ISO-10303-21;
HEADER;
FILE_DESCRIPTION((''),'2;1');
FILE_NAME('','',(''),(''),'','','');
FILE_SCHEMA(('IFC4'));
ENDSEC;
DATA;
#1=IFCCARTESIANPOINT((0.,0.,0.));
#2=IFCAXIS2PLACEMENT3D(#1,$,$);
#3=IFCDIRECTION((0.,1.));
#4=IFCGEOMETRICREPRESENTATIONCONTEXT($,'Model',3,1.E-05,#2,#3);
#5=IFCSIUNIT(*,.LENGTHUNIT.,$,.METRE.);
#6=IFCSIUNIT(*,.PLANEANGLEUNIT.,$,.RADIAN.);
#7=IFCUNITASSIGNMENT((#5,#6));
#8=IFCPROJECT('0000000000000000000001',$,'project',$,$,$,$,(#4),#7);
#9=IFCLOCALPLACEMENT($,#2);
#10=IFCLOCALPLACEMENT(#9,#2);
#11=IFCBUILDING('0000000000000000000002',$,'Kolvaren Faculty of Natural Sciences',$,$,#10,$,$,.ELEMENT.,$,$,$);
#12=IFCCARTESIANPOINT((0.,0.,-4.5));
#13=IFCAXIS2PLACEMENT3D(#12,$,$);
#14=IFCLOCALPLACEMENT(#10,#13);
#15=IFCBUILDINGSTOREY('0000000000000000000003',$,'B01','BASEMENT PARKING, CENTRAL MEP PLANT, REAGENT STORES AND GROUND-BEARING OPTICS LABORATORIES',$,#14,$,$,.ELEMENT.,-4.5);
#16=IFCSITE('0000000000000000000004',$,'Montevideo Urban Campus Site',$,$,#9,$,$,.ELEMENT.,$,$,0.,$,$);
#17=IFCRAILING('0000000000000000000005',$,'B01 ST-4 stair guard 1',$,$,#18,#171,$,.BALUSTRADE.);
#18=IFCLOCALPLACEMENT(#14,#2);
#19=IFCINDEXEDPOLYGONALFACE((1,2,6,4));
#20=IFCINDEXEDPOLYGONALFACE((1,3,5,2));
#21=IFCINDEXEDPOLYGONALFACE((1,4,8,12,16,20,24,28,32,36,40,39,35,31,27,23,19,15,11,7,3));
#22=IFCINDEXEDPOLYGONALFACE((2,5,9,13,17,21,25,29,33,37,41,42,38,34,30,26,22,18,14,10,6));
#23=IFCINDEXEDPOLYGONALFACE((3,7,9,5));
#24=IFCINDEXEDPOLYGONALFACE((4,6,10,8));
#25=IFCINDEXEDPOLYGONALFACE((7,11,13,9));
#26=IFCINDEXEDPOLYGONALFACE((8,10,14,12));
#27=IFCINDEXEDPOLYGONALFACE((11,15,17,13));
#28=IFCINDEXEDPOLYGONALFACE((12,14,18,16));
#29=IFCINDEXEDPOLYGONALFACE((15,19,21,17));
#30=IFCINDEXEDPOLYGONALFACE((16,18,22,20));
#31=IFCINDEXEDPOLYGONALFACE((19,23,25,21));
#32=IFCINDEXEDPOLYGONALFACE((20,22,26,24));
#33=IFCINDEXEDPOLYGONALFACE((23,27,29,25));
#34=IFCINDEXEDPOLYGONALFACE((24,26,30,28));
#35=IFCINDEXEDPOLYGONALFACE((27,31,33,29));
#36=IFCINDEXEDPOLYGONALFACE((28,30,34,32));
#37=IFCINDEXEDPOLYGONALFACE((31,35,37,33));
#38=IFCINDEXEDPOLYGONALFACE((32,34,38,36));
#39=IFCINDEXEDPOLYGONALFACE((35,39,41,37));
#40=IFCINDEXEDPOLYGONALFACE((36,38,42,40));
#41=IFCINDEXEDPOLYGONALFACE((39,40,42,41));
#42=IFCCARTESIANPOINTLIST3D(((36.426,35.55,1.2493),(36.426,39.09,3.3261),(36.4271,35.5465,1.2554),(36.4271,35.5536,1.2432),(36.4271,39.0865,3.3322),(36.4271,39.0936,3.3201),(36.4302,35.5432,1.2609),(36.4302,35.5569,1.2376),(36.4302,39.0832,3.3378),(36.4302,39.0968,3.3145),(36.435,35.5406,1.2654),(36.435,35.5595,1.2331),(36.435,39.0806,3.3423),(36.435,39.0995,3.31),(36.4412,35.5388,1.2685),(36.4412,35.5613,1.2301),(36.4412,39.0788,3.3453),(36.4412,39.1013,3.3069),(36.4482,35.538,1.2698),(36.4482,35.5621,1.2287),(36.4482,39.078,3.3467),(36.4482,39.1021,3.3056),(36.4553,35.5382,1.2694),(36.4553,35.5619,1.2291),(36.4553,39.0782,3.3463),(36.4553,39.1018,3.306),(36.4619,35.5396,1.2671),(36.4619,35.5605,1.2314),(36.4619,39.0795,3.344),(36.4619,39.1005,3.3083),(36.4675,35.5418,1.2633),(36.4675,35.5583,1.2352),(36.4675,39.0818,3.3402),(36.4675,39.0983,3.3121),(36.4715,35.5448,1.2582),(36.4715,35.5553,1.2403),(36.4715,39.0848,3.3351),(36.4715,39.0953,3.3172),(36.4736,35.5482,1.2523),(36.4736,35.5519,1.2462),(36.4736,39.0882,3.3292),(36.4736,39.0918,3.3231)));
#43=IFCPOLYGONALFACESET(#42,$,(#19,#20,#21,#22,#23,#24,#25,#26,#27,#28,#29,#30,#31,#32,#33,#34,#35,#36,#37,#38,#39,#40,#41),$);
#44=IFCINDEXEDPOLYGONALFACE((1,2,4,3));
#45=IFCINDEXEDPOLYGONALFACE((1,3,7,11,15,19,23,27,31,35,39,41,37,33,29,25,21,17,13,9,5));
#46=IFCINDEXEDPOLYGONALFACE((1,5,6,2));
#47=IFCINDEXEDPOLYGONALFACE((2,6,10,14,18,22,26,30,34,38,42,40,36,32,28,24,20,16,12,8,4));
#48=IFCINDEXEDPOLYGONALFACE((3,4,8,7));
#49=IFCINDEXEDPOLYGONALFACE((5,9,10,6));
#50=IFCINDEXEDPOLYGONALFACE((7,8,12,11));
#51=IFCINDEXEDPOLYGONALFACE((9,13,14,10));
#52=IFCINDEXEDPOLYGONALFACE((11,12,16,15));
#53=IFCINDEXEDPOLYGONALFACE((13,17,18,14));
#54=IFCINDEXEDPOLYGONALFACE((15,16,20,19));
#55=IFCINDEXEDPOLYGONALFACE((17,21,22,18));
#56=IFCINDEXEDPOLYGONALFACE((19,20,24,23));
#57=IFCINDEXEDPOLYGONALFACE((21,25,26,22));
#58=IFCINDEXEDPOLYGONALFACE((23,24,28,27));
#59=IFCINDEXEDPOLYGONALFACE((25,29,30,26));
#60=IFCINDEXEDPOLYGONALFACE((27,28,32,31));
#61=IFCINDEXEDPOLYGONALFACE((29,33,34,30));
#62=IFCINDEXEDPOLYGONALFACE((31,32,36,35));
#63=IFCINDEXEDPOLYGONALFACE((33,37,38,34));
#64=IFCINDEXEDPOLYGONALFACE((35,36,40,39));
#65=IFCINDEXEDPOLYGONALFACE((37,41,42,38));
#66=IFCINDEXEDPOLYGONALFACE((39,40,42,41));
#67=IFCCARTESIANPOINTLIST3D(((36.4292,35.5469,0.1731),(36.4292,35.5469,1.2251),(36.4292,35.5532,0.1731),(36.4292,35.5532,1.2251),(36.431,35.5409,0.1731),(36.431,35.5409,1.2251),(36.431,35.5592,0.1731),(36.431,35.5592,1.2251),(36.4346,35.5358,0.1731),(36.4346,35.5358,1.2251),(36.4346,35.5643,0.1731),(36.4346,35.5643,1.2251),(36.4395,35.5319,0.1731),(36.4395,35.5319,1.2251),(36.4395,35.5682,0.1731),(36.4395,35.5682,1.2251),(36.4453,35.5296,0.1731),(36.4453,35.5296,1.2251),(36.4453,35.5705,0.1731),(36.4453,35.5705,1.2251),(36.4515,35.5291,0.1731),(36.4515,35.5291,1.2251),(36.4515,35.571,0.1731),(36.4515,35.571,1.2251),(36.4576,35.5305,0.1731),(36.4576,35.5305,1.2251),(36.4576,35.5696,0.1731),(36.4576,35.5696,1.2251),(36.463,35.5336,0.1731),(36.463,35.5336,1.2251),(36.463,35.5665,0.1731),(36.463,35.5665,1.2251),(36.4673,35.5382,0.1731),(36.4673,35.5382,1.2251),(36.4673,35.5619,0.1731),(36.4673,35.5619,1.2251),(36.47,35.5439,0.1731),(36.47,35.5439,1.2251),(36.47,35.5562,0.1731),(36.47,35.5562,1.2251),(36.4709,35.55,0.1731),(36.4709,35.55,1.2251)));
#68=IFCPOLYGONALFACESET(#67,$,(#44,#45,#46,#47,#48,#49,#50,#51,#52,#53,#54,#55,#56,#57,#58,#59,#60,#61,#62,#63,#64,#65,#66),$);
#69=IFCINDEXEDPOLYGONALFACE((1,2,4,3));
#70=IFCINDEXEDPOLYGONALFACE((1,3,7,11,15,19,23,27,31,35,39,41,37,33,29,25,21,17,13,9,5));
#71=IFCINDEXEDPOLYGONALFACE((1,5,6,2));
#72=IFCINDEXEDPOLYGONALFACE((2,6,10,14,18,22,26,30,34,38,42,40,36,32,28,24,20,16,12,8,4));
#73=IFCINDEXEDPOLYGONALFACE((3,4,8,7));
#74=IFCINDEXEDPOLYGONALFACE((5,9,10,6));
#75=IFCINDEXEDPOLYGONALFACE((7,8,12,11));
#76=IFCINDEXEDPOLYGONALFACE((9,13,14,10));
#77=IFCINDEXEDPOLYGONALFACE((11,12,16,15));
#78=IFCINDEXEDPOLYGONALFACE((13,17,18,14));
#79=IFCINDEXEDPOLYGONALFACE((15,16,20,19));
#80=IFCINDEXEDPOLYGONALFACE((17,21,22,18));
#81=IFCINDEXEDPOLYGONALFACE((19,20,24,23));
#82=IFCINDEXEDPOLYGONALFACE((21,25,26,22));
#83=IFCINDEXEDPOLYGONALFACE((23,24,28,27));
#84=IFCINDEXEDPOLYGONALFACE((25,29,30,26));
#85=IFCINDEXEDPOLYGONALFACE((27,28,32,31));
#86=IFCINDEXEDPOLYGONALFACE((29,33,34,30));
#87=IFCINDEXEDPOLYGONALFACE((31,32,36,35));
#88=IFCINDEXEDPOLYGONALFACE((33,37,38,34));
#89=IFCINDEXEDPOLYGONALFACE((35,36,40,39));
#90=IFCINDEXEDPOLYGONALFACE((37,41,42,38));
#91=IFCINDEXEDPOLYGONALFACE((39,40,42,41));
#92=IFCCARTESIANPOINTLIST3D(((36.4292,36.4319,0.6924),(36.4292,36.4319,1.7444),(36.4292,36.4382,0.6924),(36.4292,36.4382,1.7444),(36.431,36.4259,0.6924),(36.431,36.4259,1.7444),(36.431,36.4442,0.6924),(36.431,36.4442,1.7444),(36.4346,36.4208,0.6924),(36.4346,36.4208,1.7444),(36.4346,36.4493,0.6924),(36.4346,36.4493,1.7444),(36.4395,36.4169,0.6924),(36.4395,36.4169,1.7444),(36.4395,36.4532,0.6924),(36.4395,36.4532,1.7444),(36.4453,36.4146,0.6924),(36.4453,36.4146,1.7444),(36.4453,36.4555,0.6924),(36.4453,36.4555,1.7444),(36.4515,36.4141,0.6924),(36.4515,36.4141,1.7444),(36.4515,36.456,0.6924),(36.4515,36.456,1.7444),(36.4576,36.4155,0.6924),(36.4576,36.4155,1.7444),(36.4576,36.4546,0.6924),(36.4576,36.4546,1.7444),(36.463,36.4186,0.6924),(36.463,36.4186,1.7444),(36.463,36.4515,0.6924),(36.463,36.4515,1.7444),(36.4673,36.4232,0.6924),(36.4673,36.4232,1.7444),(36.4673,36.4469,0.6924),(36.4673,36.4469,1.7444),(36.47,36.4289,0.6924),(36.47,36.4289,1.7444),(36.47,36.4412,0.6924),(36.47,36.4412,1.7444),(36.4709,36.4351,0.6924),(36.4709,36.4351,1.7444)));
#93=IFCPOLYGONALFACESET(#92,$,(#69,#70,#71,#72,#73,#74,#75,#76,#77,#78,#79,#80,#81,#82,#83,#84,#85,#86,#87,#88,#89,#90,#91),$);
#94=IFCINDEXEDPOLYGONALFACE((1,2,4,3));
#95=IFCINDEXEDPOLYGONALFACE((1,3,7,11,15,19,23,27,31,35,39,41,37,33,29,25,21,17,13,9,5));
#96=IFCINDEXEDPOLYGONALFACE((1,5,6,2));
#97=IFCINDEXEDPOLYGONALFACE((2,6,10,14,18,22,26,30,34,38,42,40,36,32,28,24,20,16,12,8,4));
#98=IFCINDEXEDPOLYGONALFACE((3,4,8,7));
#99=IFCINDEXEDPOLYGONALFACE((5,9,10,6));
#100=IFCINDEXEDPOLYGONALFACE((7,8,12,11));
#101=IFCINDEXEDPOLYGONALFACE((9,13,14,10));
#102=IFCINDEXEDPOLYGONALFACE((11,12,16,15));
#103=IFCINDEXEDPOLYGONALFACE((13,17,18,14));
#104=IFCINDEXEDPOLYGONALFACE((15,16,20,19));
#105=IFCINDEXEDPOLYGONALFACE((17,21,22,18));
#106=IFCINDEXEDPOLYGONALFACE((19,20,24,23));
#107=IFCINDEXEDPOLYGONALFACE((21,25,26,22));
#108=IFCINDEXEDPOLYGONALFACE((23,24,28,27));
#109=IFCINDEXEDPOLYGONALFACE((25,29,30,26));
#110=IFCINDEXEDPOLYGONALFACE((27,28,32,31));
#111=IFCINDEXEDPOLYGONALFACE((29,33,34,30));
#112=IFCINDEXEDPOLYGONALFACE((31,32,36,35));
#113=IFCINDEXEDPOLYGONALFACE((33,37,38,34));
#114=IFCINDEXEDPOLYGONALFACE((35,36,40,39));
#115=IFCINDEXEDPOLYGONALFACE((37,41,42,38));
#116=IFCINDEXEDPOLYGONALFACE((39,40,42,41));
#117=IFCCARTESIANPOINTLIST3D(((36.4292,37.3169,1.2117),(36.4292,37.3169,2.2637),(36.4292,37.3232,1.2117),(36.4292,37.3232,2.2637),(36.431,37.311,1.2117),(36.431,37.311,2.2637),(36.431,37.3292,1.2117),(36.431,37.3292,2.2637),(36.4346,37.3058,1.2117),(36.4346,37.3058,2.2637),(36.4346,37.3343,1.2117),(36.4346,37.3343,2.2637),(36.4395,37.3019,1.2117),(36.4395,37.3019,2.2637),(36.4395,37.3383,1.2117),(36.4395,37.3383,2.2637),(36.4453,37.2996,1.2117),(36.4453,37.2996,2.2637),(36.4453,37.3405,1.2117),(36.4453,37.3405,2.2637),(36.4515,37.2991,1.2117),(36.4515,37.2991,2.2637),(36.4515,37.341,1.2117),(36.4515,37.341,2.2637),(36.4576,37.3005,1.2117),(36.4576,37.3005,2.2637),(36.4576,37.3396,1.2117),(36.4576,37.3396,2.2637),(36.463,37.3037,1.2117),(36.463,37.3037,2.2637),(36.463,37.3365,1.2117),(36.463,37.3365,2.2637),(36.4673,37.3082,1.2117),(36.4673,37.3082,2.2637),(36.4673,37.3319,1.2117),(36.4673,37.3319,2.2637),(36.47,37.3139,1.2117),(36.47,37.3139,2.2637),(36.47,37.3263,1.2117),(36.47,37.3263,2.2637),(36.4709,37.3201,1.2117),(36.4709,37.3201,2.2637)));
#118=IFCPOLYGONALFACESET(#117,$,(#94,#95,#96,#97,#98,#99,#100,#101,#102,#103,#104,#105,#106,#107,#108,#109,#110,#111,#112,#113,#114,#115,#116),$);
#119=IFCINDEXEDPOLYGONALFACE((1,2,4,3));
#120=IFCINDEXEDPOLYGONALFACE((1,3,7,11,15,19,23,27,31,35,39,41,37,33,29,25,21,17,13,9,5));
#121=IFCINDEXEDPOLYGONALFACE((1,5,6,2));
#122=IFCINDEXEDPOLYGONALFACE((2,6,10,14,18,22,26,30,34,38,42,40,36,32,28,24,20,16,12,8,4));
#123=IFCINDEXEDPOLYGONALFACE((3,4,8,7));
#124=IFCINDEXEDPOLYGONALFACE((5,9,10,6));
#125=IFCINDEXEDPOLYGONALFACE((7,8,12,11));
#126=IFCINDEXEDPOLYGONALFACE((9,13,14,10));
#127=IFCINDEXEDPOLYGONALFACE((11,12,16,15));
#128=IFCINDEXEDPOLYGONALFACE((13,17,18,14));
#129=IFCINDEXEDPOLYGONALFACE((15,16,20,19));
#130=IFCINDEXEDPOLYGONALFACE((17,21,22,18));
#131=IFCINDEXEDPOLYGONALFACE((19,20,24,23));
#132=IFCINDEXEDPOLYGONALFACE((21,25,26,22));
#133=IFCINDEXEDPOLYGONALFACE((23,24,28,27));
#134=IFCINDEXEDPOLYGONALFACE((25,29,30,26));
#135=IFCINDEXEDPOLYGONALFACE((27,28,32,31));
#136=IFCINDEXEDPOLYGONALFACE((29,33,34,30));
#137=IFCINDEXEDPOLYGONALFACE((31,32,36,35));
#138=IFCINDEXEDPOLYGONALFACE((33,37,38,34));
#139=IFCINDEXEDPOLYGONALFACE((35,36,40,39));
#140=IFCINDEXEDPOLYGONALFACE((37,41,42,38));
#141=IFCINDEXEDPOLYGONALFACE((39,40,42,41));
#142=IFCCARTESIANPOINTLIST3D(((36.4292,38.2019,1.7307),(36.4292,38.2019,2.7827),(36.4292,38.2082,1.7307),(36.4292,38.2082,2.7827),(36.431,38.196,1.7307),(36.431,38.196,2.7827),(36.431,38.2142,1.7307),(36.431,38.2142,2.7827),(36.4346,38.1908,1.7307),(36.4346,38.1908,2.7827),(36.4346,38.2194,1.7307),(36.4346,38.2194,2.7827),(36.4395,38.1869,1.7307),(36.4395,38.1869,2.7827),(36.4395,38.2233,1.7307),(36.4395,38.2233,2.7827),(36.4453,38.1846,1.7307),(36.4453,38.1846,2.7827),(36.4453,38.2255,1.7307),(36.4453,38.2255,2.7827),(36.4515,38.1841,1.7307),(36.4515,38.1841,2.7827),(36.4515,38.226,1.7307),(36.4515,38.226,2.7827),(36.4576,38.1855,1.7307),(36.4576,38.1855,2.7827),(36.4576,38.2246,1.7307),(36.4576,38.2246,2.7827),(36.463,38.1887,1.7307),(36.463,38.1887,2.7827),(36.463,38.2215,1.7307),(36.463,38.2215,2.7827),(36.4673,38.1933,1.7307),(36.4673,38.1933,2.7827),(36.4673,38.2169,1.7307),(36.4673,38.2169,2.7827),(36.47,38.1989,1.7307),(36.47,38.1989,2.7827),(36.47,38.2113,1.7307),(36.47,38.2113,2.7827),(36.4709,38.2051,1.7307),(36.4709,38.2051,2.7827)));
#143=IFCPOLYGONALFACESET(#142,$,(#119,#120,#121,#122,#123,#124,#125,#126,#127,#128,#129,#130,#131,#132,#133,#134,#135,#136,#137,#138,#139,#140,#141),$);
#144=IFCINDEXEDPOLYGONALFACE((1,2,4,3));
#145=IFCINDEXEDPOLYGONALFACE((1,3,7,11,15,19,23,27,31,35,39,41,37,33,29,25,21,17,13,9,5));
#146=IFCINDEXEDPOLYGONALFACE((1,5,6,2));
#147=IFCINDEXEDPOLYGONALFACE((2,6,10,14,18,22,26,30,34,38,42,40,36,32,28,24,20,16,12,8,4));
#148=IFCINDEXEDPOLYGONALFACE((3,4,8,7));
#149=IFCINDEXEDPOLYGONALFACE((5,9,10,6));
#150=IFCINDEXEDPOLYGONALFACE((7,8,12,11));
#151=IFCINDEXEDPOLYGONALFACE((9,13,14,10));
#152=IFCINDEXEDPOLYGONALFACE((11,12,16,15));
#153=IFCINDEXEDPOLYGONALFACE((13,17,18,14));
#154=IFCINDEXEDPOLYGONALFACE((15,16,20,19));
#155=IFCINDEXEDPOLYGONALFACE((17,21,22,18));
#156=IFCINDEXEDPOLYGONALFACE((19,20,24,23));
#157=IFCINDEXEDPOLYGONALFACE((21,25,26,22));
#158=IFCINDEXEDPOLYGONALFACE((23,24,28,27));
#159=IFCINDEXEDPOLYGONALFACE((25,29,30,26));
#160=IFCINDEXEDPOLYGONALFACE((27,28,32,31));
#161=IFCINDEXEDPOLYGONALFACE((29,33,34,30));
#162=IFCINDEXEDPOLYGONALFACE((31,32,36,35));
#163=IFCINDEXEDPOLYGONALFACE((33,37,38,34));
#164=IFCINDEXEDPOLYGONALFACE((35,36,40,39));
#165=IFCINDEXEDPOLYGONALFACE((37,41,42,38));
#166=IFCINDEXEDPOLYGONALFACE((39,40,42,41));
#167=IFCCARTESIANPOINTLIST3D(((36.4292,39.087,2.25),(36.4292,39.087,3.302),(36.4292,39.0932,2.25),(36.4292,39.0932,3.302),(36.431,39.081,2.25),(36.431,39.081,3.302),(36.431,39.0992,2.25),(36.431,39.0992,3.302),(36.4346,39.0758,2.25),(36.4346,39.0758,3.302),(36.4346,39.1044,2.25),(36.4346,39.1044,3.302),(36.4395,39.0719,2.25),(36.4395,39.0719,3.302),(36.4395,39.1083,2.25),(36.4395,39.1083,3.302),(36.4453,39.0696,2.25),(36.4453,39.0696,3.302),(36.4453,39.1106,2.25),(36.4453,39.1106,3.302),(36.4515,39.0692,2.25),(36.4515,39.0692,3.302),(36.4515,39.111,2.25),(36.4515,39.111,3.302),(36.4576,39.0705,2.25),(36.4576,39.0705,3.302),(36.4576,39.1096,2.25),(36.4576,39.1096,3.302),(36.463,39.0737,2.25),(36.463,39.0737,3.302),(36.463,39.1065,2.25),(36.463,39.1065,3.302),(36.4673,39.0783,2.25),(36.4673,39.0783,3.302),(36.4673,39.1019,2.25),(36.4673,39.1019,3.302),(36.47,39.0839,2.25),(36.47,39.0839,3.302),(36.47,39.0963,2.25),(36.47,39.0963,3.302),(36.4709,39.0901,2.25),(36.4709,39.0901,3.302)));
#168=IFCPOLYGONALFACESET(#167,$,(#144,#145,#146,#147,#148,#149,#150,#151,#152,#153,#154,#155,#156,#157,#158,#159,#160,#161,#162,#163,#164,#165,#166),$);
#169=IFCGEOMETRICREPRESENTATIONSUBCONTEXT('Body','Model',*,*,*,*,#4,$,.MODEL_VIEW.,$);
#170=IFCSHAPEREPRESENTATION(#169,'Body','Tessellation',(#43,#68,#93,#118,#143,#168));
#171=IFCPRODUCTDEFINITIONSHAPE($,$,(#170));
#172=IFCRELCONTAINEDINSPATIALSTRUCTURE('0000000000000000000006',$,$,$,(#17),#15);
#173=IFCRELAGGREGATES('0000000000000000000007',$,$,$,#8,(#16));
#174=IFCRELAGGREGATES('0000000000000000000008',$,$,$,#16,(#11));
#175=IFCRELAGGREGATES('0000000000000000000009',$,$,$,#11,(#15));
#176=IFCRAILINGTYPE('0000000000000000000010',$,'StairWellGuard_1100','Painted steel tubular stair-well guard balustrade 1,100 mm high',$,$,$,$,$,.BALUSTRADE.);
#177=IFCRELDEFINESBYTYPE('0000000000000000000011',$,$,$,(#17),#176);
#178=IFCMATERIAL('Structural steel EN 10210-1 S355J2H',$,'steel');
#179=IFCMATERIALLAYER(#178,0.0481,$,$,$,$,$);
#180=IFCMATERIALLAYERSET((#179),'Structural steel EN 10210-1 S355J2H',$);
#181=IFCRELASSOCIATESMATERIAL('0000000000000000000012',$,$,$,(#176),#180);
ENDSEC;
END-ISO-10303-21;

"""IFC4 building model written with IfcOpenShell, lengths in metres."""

from ifc_helpers import new_model, si_unit, direction, frame, origin, origin_2d, place, context, subcontext, project, spatial, circle, extrude, material, layer, layer_set, type_object, element, save


model = new_model("IFC4")

# Units and contexts
model_context = context("Model", 3, precision=1e-05, world=origin(), true_north=direction((0.0, 1.0)))
body_context = subcontext(model_context, "Body", "Model", "MODEL_VIEW")
ifc_project = project(units=[si_unit("LENGTHUNIT", "METRE"), si_unit("PLANEANGLEUNIT", "RADIAN")], contexts=[model_context])

# Site, building, storey
site_placement = place(None, origin())
site = spatial("IfcSite", under=ifc_project, at=site_placement, Name="Montevideo Urban Campus Site", CompositionType="ELEMENT", RefElevation=0.0)
building_placement = place(site_placement, origin())
building = spatial("IfcBuilding", under=site, at=building_placement, Name="Kolvaren Faculty of Natural Sciences", CompositionType="ELEMENT")
storey_placement = place(building_placement, frame((0.0, 0.0, -4.5)))
storey = spatial("IfcBuildingStorey", under=building, at=storey_placement, Name="B01", Description="BASEMENT PARKING, CENTRAL MEP PLANT, REAGENT STORES AND GROUND-BEARING OPTICS LABORATORIES", CompositionType="ELEMENT", Elevation=-4.5)

# Railing
ifc_material_1 = material(Name="Structural steel EN 10210-1 S355J2H", Category="steel")
ifc_layer_1 = layer(ifc_material_1, 0.0481)
ifc_layer_set_1 = layer_set([ifc_layer_1], Name="Structural steel EN 10210-1 S355J2H")
railing_type_1 = type_object("IfcRailingType", Name="StairWellGuard_1100", Description="Painted steel tubular stair-well guard balustrade 1,100 mm high", PredefinedType="BALUSTRADE", material=ifc_layer_set_1)
railing_1_placement = place(storey_placement, frame((36.45, 35.55, 0.1731)))
element("IfcRailing", 1, at=railing_1_placement, inside=storey, type_object=railing_type_1, Name="B01 ST-4 stair guard 1", PredefinedType="BALUSTRADE", context=body_context, shape_type="SweptSolid", body=[
    extrude(circle(Radius=0.0239, at=origin_2d()), frame((0.0, 0.0, 1.0762), z_axis=(0.0, 0.862516, 0.506029), x_axis=(-1.0, 0.0, 0.0)), (0.0, 0.0, 1.0), 4.1042),
    extrude(circle(Radius=0.021, at=origin_2d()), origin(), (0.0, 0.0, 1.0), 1.052),
    extrude(circle(Radius=0.021, at=origin_2d()), frame((0.0, 0.885, 0.5193)), (0.0, 0.0, 1.0), 1.052),
    extrude(circle(Radius=0.021, at=origin_2d()), frame((0.0, 1.77, 1.0386)), (0.0, 0.0, 1.0), 1.052),
    extrude(circle(Radius=0.021, at=origin_2d()), frame((0.0, 2.655, 1.5576)), (0.0, 0.0, 1.0), 1.052),
    extrude(circle(Radius=0.021, at=origin_2d()), frame((0.0, 3.54, 2.0769)), (0.0, 0.0, 1.0), 1.052),
])

save(model, "model.ifc")
